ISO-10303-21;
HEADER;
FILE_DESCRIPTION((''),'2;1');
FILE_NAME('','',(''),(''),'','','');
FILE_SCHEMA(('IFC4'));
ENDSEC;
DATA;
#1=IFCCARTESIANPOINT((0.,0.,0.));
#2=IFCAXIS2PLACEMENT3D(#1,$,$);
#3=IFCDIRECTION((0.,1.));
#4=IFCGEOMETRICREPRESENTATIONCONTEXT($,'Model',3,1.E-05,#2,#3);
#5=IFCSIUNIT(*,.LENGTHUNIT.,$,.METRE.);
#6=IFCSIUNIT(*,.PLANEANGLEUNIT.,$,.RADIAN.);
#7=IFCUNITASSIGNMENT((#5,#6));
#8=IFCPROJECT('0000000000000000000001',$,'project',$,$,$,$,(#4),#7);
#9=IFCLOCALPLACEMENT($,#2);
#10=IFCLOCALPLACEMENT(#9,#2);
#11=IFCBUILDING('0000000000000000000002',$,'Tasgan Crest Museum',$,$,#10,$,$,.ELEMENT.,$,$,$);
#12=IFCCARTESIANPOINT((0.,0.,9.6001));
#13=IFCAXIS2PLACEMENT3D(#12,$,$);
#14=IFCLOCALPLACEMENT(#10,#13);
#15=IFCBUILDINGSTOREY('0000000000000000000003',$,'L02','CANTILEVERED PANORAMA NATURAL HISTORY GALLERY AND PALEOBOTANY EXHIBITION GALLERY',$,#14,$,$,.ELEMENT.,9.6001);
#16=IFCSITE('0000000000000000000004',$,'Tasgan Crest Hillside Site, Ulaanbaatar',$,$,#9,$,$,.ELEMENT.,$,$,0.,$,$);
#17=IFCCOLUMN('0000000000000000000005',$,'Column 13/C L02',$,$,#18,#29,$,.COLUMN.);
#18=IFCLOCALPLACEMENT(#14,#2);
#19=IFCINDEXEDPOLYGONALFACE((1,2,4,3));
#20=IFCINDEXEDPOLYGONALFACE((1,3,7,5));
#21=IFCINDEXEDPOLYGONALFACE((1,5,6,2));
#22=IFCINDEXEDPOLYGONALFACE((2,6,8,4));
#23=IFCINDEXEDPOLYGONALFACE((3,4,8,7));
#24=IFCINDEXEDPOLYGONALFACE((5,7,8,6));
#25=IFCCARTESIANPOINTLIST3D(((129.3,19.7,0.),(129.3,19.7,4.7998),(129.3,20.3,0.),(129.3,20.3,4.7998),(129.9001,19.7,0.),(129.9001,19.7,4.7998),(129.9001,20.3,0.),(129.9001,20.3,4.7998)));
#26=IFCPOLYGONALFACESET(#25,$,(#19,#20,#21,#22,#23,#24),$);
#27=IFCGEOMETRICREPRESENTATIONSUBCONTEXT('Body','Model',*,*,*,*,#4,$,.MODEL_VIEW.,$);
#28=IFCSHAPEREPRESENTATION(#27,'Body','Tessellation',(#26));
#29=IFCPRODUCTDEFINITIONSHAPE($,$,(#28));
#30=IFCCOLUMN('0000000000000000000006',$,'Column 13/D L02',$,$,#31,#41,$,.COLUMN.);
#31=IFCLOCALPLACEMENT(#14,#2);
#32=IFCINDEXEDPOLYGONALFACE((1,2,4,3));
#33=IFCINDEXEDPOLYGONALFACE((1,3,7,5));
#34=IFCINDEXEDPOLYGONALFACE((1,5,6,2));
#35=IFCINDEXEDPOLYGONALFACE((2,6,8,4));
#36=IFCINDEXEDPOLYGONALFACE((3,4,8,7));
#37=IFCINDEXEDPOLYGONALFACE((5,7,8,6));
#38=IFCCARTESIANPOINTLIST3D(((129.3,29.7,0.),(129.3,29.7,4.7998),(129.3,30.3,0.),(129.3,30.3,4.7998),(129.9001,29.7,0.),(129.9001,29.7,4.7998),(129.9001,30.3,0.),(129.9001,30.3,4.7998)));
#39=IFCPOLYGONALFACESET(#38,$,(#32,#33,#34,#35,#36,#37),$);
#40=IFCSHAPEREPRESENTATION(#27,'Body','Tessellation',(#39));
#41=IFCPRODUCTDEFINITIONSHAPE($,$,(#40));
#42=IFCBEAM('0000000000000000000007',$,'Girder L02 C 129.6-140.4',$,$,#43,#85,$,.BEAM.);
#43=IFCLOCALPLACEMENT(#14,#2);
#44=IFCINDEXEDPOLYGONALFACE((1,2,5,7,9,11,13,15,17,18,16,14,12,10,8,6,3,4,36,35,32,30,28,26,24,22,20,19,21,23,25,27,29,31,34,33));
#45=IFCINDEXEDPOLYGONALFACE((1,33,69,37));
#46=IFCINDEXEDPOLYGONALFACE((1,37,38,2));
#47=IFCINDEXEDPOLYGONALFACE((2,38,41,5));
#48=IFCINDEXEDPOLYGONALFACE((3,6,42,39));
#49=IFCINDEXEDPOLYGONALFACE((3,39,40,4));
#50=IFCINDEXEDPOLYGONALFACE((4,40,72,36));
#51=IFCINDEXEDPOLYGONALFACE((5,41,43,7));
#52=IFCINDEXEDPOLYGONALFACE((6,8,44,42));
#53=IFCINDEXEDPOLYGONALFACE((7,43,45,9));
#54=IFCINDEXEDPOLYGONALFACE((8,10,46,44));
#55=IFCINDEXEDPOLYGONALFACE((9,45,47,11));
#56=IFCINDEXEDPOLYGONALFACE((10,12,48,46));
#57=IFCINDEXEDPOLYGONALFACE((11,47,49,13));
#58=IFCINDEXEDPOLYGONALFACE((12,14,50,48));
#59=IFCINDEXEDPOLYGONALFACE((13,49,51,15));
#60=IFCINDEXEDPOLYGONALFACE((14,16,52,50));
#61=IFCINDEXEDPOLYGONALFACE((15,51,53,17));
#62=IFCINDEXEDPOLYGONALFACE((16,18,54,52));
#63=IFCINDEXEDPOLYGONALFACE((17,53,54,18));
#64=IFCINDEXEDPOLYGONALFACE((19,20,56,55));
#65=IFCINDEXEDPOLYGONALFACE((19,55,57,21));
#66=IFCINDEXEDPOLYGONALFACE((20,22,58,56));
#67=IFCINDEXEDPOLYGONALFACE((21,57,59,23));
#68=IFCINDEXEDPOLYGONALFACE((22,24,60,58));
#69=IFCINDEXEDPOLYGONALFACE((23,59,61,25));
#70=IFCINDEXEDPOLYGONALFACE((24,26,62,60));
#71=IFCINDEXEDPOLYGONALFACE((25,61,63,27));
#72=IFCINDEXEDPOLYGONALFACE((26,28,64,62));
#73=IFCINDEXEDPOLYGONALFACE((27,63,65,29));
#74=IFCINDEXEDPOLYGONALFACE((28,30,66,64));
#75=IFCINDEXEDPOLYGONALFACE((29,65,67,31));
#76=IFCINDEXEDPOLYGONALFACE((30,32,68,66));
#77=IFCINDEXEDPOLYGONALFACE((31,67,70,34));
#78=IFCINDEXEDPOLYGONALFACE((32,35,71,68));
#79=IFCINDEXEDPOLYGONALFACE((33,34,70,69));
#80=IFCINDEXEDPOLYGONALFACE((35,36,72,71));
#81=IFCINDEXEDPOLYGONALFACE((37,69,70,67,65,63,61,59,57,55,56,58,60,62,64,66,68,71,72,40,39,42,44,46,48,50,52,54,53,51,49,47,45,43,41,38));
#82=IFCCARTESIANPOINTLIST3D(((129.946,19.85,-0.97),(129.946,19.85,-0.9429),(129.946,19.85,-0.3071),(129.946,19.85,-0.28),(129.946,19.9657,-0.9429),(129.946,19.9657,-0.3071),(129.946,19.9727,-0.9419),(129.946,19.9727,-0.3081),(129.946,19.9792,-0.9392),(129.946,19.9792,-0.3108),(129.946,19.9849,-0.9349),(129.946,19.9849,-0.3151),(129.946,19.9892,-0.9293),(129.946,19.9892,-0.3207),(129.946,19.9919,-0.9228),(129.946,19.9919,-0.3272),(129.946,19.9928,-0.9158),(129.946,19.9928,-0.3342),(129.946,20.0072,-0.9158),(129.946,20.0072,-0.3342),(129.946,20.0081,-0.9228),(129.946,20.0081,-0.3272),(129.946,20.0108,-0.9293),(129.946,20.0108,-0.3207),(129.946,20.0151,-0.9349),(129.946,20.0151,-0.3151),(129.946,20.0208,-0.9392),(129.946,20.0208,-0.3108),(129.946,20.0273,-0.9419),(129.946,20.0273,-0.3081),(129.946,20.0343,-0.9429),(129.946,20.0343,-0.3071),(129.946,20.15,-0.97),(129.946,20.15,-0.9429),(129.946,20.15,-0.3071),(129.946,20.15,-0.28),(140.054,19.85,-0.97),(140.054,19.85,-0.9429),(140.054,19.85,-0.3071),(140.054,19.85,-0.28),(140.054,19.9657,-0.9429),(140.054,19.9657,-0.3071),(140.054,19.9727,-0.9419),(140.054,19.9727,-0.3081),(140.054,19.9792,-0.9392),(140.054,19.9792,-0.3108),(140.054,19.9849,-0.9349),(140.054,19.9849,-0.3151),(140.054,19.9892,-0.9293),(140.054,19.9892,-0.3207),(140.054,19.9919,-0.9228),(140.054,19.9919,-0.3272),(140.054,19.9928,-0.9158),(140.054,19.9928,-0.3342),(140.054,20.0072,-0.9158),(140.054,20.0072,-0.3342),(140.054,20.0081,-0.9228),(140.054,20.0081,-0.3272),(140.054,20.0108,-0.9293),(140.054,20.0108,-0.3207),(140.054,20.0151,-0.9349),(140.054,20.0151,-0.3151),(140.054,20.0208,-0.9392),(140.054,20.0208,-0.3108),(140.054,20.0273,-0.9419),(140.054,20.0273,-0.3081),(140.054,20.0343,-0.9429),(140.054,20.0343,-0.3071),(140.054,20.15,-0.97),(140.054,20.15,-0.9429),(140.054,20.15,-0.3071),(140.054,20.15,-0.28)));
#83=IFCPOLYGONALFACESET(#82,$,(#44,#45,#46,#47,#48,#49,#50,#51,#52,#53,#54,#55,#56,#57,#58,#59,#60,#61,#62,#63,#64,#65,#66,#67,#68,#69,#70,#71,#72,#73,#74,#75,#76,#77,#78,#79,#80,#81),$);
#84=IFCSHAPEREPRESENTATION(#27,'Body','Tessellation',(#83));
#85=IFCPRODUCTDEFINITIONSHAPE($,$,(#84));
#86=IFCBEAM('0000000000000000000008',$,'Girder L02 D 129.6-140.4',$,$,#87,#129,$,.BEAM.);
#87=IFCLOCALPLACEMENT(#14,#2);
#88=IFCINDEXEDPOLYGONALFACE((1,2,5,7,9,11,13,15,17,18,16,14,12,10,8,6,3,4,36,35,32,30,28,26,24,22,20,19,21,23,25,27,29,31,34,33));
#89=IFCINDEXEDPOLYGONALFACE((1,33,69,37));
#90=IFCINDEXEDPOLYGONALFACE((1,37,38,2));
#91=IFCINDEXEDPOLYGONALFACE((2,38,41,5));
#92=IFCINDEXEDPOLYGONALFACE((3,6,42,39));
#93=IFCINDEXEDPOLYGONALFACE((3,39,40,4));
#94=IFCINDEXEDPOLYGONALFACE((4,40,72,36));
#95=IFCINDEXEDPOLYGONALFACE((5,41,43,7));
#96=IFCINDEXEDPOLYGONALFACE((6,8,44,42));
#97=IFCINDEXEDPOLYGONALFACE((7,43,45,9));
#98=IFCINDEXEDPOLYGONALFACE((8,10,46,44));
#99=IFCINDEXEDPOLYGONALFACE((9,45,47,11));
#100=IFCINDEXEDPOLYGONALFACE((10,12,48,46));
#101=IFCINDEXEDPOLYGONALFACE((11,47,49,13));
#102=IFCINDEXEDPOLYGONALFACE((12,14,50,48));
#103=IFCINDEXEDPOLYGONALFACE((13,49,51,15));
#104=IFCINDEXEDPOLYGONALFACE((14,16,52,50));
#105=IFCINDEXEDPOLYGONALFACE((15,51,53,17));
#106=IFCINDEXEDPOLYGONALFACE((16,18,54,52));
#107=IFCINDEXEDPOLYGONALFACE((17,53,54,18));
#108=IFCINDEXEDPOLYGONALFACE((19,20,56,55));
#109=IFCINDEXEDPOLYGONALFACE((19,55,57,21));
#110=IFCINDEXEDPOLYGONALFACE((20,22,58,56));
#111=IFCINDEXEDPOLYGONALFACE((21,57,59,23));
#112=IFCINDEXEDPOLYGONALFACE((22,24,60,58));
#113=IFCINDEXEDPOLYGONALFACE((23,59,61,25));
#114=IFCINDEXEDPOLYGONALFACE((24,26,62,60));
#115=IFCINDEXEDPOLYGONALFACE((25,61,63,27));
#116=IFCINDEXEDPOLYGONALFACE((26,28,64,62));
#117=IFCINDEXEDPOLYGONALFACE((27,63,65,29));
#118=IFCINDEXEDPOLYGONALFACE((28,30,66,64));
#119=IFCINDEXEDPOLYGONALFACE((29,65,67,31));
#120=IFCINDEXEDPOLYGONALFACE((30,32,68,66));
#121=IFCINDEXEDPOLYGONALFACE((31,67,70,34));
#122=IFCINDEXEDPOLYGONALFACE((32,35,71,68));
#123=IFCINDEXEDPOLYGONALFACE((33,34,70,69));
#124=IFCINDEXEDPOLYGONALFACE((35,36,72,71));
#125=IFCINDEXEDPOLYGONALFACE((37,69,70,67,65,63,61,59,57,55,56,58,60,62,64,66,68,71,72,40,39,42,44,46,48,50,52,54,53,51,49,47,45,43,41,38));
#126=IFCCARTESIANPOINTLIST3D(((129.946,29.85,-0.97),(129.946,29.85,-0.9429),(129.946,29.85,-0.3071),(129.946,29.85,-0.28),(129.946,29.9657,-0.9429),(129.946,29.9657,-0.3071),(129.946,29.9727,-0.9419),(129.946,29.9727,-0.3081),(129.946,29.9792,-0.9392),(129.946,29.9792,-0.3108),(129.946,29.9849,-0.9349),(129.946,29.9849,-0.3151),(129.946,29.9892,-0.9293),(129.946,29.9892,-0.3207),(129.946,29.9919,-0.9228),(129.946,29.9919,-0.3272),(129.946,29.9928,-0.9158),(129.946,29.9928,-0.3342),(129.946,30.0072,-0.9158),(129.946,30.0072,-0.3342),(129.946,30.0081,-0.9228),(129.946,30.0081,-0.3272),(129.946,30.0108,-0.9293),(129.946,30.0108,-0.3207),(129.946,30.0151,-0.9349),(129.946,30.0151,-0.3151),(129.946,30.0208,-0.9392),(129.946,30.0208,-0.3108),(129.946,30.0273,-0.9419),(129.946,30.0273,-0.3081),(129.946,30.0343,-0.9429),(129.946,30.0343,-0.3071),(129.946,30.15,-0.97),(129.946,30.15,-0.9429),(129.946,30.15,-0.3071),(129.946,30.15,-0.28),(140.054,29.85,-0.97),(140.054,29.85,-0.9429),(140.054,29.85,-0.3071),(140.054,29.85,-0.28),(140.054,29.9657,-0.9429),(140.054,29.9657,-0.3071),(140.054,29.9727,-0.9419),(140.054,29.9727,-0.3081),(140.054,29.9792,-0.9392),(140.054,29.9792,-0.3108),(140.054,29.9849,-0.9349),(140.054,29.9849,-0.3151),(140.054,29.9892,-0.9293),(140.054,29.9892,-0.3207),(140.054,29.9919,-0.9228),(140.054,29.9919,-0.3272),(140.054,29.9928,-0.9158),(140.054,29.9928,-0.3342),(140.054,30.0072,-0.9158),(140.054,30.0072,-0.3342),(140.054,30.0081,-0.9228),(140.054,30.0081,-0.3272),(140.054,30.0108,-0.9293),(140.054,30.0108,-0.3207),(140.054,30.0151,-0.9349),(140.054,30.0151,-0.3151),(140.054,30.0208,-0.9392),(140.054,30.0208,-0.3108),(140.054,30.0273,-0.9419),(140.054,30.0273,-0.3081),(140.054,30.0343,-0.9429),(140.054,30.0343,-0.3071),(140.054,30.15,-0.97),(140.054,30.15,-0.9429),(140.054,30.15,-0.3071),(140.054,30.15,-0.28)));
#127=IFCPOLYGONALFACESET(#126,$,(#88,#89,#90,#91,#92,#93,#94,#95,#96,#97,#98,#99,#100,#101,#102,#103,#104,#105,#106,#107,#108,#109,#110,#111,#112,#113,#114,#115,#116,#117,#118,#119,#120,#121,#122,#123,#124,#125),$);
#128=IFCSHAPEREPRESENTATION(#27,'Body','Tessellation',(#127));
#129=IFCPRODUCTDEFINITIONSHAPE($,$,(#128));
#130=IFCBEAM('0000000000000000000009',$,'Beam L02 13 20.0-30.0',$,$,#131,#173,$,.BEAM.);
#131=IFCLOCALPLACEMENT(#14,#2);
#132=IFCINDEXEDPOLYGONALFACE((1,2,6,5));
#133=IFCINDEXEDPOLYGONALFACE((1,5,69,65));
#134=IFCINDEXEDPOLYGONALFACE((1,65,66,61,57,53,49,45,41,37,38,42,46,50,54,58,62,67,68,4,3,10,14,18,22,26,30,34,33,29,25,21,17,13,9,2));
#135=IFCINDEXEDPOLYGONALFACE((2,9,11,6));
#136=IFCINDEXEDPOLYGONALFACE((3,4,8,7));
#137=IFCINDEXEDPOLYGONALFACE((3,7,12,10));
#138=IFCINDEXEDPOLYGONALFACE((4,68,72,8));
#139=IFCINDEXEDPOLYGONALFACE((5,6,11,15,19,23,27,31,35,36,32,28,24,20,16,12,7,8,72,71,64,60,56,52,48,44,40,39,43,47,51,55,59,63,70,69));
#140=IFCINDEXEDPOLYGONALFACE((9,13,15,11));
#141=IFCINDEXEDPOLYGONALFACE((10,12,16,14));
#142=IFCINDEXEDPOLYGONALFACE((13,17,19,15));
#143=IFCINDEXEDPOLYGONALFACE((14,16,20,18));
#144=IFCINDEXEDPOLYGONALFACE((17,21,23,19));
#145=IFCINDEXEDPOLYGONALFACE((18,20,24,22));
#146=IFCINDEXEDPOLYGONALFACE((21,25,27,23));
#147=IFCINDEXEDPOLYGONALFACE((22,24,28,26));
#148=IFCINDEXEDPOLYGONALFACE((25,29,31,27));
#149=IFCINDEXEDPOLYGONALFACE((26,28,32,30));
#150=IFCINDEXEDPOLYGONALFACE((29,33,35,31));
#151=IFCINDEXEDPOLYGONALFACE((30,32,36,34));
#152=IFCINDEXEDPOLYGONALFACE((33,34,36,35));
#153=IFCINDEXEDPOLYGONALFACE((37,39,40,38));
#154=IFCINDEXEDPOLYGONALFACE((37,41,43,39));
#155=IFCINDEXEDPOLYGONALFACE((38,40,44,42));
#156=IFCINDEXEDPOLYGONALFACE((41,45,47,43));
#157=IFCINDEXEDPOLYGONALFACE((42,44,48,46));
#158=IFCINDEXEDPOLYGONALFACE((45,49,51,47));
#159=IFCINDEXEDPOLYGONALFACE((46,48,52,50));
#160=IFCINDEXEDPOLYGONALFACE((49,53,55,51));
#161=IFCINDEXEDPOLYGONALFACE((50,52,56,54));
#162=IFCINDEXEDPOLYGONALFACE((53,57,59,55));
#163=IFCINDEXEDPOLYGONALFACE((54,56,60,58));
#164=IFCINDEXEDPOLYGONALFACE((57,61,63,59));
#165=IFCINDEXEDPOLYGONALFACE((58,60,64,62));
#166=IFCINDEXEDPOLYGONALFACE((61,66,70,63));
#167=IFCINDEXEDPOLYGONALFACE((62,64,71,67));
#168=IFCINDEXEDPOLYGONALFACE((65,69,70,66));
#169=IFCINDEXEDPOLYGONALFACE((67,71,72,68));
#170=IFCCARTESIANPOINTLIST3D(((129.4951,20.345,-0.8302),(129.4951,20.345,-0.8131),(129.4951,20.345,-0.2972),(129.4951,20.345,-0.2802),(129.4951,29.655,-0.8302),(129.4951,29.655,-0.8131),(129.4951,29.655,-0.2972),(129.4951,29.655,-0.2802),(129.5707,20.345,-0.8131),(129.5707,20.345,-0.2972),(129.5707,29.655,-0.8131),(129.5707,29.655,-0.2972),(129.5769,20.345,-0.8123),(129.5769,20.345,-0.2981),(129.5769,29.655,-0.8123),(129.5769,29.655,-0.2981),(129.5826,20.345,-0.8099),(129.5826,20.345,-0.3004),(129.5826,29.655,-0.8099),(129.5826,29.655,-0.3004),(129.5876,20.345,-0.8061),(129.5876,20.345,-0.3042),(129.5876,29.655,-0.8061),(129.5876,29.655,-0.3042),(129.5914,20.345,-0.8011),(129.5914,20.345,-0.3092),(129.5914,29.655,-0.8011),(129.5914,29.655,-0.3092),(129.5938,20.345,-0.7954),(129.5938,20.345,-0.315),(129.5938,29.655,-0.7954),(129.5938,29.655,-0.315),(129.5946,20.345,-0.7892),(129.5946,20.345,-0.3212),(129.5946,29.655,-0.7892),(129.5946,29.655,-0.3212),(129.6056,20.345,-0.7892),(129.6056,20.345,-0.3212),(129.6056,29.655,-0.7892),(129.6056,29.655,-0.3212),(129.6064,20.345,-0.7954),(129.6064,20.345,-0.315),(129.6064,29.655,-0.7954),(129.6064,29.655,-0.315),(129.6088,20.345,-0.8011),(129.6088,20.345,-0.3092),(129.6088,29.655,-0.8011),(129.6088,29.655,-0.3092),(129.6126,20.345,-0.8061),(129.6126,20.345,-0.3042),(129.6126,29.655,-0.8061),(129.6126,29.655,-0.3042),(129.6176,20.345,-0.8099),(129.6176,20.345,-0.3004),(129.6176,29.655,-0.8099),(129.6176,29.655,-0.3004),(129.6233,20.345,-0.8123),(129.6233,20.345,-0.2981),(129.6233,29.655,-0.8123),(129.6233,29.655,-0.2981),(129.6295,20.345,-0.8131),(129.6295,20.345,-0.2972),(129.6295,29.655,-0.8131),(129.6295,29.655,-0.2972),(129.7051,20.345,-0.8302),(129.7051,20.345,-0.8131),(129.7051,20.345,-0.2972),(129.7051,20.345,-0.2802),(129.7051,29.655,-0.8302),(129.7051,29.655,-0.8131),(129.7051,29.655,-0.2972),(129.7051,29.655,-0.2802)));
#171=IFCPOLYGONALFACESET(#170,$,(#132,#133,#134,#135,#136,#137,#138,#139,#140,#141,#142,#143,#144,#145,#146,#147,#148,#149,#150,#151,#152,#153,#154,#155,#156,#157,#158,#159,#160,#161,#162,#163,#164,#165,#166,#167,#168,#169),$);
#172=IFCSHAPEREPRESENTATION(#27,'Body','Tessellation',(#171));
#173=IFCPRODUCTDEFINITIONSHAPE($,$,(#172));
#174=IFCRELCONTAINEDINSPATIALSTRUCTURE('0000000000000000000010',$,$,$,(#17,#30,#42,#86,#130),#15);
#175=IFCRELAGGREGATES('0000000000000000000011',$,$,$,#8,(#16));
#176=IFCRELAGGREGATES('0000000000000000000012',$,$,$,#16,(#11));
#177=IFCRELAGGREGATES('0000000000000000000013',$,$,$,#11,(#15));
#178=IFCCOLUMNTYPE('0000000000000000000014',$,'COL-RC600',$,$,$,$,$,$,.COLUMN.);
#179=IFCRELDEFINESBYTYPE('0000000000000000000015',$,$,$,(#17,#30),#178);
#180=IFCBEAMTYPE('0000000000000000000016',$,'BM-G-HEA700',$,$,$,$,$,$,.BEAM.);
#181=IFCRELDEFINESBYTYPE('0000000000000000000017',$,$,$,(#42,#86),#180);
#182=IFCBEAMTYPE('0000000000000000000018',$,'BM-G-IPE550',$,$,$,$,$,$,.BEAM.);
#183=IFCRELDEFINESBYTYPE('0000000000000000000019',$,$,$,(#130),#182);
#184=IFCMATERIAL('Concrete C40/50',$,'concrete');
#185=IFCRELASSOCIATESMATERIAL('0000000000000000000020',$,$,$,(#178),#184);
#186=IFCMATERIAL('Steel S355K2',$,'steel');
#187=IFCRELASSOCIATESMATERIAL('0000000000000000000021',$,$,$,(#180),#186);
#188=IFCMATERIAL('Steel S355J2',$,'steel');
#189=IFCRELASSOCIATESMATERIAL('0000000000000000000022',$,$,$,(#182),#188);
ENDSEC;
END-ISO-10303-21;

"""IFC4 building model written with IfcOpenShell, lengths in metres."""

from ifc_helpers import new_model, si_unit, direction, frame, origin, origin_2d, place, context, subcontext, project, spatial, rectangle, i_section, extrude, material, material_profile, profile_set, type_object, element, save


model = new_model("IFC4")

# Units and contexts
model_context = context("Model", 3, precision=1e-05, world=origin(), true_north=direction((0.0, 1.0)))
body_context = subcontext(model_context, "Body", "Model", "MODEL_VIEW")
ifc_project = project(units=[si_unit("LENGTHUNIT", "METRE"), si_unit("PLANEANGLEUNIT", "RADIAN")], contexts=[model_context])

# Site, building, storey
site_placement = place(None, origin())
site = spatial("IfcSite", under=ifc_project, at=site_placement, Name="Tasgan Crest Hillside Site, Ulaanbaatar", CompositionType="ELEMENT", RefElevation=0.0)
building_placement = place(site_placement, origin())
building = spatial("IfcBuilding", under=site, at=building_placement, Name="Tasgan Crest Museum", CompositionType="ELEMENT")
storey_placement = place(building_placement, frame((0.0, 0.0, 9.6001)))
storey = spatial("IfcBuildingStorey", under=building, at=storey_placement, Name="L02", Description="CANTILEVERED PANORAMA NATURAL HISTORY GALLERY AND PALEOBOTANY EXHIBITION GALLERY", CompositionType="ELEMENT", Elevation=9.6001)

# Columns
ifc_material_1 = material(Name="Concrete C40/50", Category="concrete")
ifc_material_profile_1 = material_profile(ifc_material_1, rectangle(XDim=0.6001, YDim=0.6001, at=origin_2d()), Name="RC 600x600")
ifc_profile_set_1 = profile_set([ifc_material_profile_1], Name="Concrete C40/50")
column_type = type_object("IfcColumnType", Name="COL-RC600", PredefinedType="COLUMN", material=ifc_profile_set_1)
for number, where, z_axis, x_axis, name in (
    (1, (129.6001, 20.0, 0.0), (0.0, 0.0, 1.0), (1.0, 0.0, 0.0), "Column 13/C L02"),
    (2, (129.6001, 30.0, 0.0), (0.0, 0.0, 1.0), (1.0, 0.0, 0.0), "Column 13/D L02"),
):
    element("IfcColumn", number, at=place(storey_placement, frame(where, z_axis=z_axis, x_axis=x_axis)), inside=storey, type_object=column_type, Name=name, PredefinedType="COLUMN", context=body_context, shape_type="SweptSolid", body=[
        extrude(rectangle(XDim=0.6001, YDim=0.6001, at=origin_2d()), origin(), (0.0, 0.0, 1.0), 4.7998),
    ])

# Beams
ifc_material_2 = material(Name="Steel S355K2", Category="steel")
ifc_material_profile_2 = material_profile(ifc_material_2, i_section(OverallWidth=0.3, OverallDepth=0.6899, WebThickness=0.0144, FlangeThickness=0.0271, FilletRadius=0.0271, at=origin_2d()), Name="HEA 700")
ifc_profile_set_2 = profile_set([ifc_material_profile_2], Name="Steel S355K2")
beam_type_1 = type_object("IfcBeamType", Name="BM-G-HEA700", PredefinedType="BEAM", material=ifc_profile_set_2)
for number, where, z_axis, x_axis, name in (
    (3, (129.946, 20.0, -0.625), (1.0, 0.0, 0.0), (0.0, 1.0, 0.0), "Girder L02 C 129.6-140.4"),
    (4, (129.946, 30.0, -0.625), (1.0, 0.0, 0.0), (0.0, 1.0, 0.0), "Girder L02 D 129.6-140.4"),
):
    element("IfcBeam", number, at=place(storey_placement, frame(where, z_axis=z_axis, x_axis=x_axis)), inside=storey, type_object=beam_type_1, Name=name, PredefinedType="BEAM", context=body_context, shape_type="SweptSolid", body=[
        extrude(i_section(OverallWidth=0.3, OverallDepth=0.6899, WebThickness=0.0144, FlangeThickness=0.0271, FilletRadius=0.0271, at=origin_2d()), origin(), (0.0, 0.0, 1.0), 10.1079),
    ])
ifc_material_3 = material(Name="Steel S355J2", Category="steel")
ifc_material_profile_3 = material_profile(ifc_material_3, i_section(OverallWidth=0.21, OverallDepth=0.55, WebThickness=0.011, FlangeThickness=0.0171, FilletRadius=0.0239, at=origin_2d()), Name="IPE 550")
ifc_profile_set_3 = profile_set([ifc_material_profile_3], Name="Steel S355J2")
beam_type_2 = type_object("IfcBeamType", Name="BM-G-IPE550", PredefinedType="BEAM", material=ifc_profile_set_3)
for number, where, z_axis, x_axis, name in (
    (5, (129.6001, 20.345, -0.5552), (0.0, 1.0, 0.0), (-1.0, 0.0, 0.0), "Beam L02 13 20.0-30.0"),
):
    element("IfcBeam", number, at=place(storey_placement, frame(where, z_axis=z_axis, x_axis=x_axis)), inside=storey, type_object=beam_type_2, Name=name, PredefinedType="BEAM", context=body_context, shape_type="SweptSolid", body=[
        extrude(i_section(OverallWidth=0.21, OverallDepth=0.55, WebThickness=0.011, FlangeThickness=0.0171, FilletRadius=0.0239, at=origin_2d()), origin(), (0.0, 0.0, 1.0), 9.3101),
    ])

save(model, "model.ifc")
